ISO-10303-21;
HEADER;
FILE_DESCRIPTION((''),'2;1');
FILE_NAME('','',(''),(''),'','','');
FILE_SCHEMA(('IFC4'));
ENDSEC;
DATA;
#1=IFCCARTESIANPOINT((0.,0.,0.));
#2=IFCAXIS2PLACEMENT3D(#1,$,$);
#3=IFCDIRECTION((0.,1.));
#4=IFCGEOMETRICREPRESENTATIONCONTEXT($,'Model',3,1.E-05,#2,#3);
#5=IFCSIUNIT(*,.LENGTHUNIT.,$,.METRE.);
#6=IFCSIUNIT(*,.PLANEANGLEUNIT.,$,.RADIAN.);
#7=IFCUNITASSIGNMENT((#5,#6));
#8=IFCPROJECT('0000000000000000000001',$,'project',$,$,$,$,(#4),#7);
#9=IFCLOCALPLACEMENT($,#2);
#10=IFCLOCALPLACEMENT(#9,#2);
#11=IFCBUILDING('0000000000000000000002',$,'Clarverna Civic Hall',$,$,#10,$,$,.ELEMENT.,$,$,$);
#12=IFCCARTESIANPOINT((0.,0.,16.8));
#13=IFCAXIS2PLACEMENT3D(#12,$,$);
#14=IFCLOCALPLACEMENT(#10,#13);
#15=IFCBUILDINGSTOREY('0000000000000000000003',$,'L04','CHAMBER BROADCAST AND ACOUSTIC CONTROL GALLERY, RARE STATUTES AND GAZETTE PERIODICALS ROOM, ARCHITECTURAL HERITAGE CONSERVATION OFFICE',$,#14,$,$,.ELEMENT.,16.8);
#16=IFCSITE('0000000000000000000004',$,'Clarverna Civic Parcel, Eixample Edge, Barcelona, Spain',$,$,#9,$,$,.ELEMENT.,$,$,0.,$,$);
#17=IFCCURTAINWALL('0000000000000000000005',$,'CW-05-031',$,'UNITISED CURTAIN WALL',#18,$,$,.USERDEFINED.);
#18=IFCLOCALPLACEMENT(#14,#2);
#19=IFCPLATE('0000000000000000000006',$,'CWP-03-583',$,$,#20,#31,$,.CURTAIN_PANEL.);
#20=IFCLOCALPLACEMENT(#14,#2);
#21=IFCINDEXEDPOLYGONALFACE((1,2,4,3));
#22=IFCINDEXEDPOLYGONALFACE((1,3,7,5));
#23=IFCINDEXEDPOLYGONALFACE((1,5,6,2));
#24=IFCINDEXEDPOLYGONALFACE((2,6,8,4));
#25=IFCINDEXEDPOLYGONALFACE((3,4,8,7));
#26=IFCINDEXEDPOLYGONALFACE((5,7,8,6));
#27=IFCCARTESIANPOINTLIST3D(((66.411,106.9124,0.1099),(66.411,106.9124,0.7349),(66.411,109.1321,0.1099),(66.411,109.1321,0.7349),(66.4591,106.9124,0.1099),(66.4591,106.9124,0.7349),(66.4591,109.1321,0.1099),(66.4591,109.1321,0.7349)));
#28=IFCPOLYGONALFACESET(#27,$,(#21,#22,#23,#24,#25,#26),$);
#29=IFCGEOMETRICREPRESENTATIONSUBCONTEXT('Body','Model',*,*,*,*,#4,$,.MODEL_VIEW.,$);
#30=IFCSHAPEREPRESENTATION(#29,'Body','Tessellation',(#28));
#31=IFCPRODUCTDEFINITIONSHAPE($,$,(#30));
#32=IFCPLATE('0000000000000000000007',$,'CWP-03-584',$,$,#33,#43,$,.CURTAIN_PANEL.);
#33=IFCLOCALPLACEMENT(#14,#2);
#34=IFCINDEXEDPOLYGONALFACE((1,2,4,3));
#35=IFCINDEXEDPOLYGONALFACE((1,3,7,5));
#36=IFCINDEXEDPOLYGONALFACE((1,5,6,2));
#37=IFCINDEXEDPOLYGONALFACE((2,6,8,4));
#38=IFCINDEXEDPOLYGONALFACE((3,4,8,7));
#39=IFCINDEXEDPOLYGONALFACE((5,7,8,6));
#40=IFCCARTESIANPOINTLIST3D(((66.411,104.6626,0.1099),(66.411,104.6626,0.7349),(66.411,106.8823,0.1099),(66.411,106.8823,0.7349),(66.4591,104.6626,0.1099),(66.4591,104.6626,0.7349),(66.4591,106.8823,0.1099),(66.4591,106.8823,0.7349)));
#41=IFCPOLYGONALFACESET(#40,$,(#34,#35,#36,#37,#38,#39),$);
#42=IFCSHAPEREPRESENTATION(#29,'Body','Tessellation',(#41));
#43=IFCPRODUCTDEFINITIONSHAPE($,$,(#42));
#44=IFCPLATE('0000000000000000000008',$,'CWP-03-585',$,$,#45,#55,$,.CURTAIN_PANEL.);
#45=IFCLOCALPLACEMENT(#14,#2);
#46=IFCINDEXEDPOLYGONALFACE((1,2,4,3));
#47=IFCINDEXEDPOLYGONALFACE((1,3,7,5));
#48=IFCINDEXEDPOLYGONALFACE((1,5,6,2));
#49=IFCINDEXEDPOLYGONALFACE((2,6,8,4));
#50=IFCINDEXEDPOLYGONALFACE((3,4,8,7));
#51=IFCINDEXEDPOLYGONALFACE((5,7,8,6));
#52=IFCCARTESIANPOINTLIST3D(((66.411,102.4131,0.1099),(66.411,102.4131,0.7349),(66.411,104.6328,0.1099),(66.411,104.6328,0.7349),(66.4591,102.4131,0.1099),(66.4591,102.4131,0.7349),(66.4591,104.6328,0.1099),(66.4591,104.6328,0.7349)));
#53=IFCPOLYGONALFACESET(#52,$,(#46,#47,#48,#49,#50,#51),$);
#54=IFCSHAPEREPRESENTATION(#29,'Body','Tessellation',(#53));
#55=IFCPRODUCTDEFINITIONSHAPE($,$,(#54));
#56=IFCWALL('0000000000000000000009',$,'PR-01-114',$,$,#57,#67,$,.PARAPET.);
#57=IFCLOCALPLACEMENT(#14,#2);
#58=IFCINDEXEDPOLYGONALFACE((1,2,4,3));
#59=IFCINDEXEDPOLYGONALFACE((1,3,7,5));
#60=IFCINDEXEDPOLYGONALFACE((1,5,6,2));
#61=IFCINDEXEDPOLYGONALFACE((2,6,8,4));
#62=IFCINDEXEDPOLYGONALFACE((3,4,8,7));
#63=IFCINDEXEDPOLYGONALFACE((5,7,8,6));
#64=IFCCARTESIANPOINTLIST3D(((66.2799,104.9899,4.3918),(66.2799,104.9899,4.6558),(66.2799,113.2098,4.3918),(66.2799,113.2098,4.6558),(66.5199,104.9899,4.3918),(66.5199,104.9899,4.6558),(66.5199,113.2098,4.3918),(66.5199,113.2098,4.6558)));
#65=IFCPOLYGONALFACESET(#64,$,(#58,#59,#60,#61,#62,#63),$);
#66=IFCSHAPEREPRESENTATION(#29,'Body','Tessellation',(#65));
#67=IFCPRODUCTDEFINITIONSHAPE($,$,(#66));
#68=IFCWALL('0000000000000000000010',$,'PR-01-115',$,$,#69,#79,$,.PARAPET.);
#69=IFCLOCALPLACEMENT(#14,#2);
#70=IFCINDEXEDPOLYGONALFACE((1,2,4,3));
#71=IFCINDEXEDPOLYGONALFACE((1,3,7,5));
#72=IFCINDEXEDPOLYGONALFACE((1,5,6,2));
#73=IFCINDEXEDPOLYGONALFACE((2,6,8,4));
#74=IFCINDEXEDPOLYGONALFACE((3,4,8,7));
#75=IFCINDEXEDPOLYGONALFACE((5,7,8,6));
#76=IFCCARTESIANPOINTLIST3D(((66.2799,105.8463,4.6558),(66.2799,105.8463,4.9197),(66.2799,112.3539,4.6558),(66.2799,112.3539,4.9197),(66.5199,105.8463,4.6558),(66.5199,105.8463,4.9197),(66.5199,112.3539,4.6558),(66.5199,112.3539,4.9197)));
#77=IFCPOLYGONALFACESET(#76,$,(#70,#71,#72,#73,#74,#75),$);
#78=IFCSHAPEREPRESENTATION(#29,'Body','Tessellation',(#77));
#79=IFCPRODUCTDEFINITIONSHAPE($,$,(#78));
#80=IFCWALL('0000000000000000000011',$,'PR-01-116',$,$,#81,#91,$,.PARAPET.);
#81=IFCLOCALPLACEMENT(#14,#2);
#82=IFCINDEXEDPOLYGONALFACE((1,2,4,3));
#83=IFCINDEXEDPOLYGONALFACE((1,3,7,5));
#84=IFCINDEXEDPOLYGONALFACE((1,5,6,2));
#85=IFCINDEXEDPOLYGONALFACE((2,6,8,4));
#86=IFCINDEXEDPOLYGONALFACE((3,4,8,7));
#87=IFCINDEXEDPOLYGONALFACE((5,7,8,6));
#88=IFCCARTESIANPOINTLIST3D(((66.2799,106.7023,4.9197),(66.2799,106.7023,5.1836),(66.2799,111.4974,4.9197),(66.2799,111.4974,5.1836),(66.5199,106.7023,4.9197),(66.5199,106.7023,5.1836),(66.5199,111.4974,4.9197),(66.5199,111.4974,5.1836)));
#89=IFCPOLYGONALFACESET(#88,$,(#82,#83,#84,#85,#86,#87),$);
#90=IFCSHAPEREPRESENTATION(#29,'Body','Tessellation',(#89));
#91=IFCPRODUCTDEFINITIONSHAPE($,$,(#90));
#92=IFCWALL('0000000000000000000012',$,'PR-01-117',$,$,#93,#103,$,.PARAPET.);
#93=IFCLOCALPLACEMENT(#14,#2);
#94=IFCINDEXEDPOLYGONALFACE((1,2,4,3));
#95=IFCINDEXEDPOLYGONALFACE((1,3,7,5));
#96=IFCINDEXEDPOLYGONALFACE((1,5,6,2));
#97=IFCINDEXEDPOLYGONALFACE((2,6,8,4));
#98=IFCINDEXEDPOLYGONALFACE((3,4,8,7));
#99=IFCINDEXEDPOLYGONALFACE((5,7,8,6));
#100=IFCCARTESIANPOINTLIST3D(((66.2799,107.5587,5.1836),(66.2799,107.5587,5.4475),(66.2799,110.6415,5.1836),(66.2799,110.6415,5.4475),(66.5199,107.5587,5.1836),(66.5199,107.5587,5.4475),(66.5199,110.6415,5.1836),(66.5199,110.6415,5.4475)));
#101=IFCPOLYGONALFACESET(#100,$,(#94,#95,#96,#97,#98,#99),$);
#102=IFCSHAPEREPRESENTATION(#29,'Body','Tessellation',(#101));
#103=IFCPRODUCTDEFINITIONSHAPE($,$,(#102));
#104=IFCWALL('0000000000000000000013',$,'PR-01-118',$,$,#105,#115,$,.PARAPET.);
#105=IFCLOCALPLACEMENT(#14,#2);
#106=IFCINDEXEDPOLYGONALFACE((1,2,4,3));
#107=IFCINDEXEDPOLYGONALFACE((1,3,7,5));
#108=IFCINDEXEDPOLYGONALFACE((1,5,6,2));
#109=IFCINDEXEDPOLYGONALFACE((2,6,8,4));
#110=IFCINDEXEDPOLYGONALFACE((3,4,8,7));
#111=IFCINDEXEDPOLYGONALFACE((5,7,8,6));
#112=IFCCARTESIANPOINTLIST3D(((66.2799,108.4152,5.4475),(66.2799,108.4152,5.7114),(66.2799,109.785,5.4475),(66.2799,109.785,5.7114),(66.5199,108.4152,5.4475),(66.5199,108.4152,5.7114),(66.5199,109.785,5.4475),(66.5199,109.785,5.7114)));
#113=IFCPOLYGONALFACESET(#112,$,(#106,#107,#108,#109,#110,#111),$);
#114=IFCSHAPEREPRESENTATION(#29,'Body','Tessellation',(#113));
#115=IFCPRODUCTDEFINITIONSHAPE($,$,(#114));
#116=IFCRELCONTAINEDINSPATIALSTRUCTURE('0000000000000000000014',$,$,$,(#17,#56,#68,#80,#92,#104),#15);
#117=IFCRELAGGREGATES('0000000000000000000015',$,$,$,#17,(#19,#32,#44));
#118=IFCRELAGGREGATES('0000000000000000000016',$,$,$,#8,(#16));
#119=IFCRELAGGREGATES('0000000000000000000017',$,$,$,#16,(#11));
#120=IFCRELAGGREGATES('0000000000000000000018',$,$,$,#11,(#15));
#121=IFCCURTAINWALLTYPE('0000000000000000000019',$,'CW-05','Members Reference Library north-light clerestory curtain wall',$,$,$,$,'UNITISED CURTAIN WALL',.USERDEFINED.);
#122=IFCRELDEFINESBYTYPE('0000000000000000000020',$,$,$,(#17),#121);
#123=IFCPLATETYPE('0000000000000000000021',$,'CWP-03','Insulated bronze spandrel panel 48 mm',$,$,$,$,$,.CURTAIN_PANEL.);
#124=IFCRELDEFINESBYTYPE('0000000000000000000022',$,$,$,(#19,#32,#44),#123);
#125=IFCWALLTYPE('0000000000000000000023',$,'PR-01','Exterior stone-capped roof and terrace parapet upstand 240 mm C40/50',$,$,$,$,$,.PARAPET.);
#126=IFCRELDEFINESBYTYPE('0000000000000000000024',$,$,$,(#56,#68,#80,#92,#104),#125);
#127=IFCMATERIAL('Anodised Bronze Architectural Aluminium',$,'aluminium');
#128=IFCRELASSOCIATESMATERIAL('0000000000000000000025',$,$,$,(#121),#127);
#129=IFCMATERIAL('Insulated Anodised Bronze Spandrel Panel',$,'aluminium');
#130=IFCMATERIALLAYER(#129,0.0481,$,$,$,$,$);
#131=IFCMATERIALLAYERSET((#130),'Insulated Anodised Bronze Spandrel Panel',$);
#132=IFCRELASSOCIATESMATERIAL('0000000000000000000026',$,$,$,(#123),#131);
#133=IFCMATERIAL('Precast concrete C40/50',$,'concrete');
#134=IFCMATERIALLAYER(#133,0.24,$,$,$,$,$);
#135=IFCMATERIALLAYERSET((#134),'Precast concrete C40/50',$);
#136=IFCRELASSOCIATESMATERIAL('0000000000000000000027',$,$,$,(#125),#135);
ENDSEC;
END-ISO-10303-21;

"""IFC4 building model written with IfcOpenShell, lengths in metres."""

from ifc_helpers import new_model, si_unit, direction, frame, frame_2d, origin, place, context, subcontext, project, spatial, rectangle, extrude, material, layer, layer_set, type_object, element, aggregate, save


model = new_model("IFC4")

# Units and contexts
model_context = context("Model", 3, precision=1e-05, world=origin(), true_north=direction((0.0, 1.0)))
body_context = subcontext(model_context, "Body", "Model", "MODEL_VIEW")
ifc_project = project(units=[si_unit("LENGTHUNIT", "METRE"), si_unit("PLANEANGLEUNIT", "RADIAN")], contexts=[model_context])

# Site, building, storey
site_placement = place(None, origin())
site = spatial("IfcSite", under=ifc_project, at=site_placement, Name="Clarverna Civic Parcel, Eixample Edge, Barcelona, Spain", CompositionType="ELEMENT", RefElevation=0.0)
building_placement = place(site_placement, origin())
building = spatial("IfcBuilding", under=site, at=building_placement, Name="Clarverna Civic Hall", CompositionType="ELEMENT")
storey_placement = place(building_placement, frame((0.0, 0.0, 16.8)))
storey = spatial("IfcBuildingStorey", under=building, at=storey_placement, Name="L04", Description="CHAMBER BROADCAST AND ACOUSTIC CONTROL GALLERY, RARE STATUTES AND GAZETTE PERIODICALS ROOM, ARCHITECTURAL HERITAGE CONSERVATION OFFICE", CompositionType="ELEMENT", Elevation=16.8)

# Curtain wall, plates
ifc_material_1 = material(Name="Anodised Bronze Architectural Aluminium", Category="aluminium")
curtain_wall_type = type_object("IfcCurtainWallType", Name="CW-05", Description="Members Reference Library north-light clerestory curtain wall", ElementType="UNITISED CURTAIN WALL", PredefinedType="USERDEFINED", material=ifc_material_1)
curtain_wall_placement = place(storey_placement, origin())
curtain_wall = element("IfcCurtainWall", 1, at=curtain_wall_placement, inside=storey, type_object=curtain_wall_type, Name="CW-05-031", ObjectType="UNITISED CURTAIN WALL", PredefinedType="USERDEFINED")
ifc_material_2 = material(Name="Insulated Anodised Bronze Spandrel Panel", Category="aluminium")
ifc_layer_1 = layer(ifc_material_2, 0.0481)
ifc_layer_set_1 = layer_set([ifc_layer_1], Name="Insulated Anodised Bronze Spandrel Panel")
plate_type_1 = type_object("IfcPlateType", Name="CWP-03", Description="Insulated bronze spandrel panel 48 mm", PredefinedType="CURTAIN_PANEL", material=ifc_layer_set_1)
plate_1_placement = place(storey_placement, frame((66.4351, 109.1321, 0.1099), z_axis=(0.0, 0.0, 1.0), x_axis=(0.0, -1.0, 0.0)))
plate_1 = element("IfcPlate", 2, at=plate_1_placement, type_object=plate_type_1, Name="CWP-03-583", PredefinedType="CURTAIN_PANEL", context=body_context, shape_type="SweptSolid", body=[
    extrude(rectangle(XDim=2.2197, YDim=0.0481, at=frame_2d((1.1099, 0.0))), origin(), (0.0, 0.0, 1.0), 0.625),
])
plate_2_placement = place(storey_placement, frame((66.4351, 106.8823, 0.1099), z_axis=(0.0, 0.0, 1.0), x_axis=(0.0, -1.0, 0.0)))
plate_2 = element("IfcPlate", 3, at=plate_2_placement, type_object=plate_type_1, Name="CWP-03-584", PredefinedType="CURTAIN_PANEL", context=body_context, shape_type="SweptSolid", body=[
    extrude(rectangle(XDim=2.2197, YDim=0.0481, at=frame_2d((1.1099, 0.0))), origin(), (0.0, 0.0, 1.0), 0.625),
])
plate_3_placement = place(storey_placement, frame((66.4351, 104.6328, 0.1099), z_axis=(0.0, 0.0, 1.0), x_axis=(0.0, -1.0, 0.0)))
plate_3 = element("IfcPlate", 4, at=plate_3_placement, type_object=plate_type_1, Name="CWP-03-585", PredefinedType="CURTAIN_PANEL", context=body_context, shape_type="SweptSolid", body=[
    extrude(rectangle(XDim=2.2197, YDim=0.0481, at=frame_2d((1.1099, 0.0))), origin(), (0.0, 0.0, 1.0), 0.625),
])
aggregate(curtain_wall, [plate_1, plate_2, plate_3])

# Walls
ifc_material_3 = material(Name="Precast concrete C40/50", Category="concrete")
ifc_layer_2 = layer(ifc_material_3, 0.24)
ifc_layer_set_2 = layer_set([ifc_layer_2], Name="Precast concrete C40/50")
wall_type = type_object("IfcWallType", Name="PR-01", Description="Exterior stone-capped roof and terrace parapet upstand 240 mm C40/50", PredefinedType="PARAPET", material=ifc_layer_set_2)
wall_1_placement = place(storey_placement, frame((66.3999, 104.99, 4.3918), z_axis=(0.0, 0.0, 1.0), x_axis=(0.0, 1.0, 0.0)))
element("IfcWall", 5, at=wall_1_placement, inside=storey, type_object=wall_type, Name="PR-01-114", PredefinedType="PARAPET", context=body_context, shape_type="SweptSolid", body=[
    extrude(rectangle(XDim=8.22, YDim=0.24, at=frame_2d((4.1099, 0.0))), origin(), (0.0, 0.0, 1.0), 0.2639),
])
wall_2_placement = place(storey_placement, frame((66.3999, 105.8462, 4.6558), z_axis=(0.0, 0.0, 1.0), x_axis=(0.0, 1.0, 0.0)))
element("IfcWall", 6, at=wall_2_placement, inside=storey, type_object=wall_type, Name="PR-01-115", PredefinedType="PARAPET", context=body_context, shape_type="SweptSolid", body=[
    extrude(rectangle(XDim=6.5076, YDim=0.24, at=frame_2d((3.2539, 0.0))), origin(), (0.0, 0.0, 1.0), 0.2639),
])
wall_3_placement = place(storey_placement, frame((66.3999, 106.7024, 4.9197), z_axis=(0.0, 0.0, 1.0), x_axis=(0.0, 1.0, 0.0)))
element("IfcWall", 7, at=wall_3_placement, inside=storey, type_object=wall_type, Name="PR-01-116", PredefinedType="PARAPET", context=body_context, shape_type="SweptSolid", body=[
    extrude(rectangle(XDim=4.7952, YDim=0.24, at=frame_2d((2.3975, 0.0))), origin(), (0.0, 0.0, 1.0), 0.2639),
])
wall_4_placement = place(storey_placement, frame((66.3999, 107.5586, 5.1836), z_axis=(0.0, 0.0, 1.0), x_axis=(0.0, 1.0, 0.0)))
element("IfcWall", 8, at=wall_4_placement, inside=storey, type_object=wall_type, Name="PR-01-117", PredefinedType="PARAPET", context=body_context, shape_type="SweptSolid", body=[
    extrude(rectangle(XDim=3.0828, YDim=0.24, at=frame_2d((1.5415, 0.0))), origin(), (0.0, 0.0, 1.0), 0.2639),
])
wall_5_placement = place(storey_placement, frame((66.3999, 108.415, 5.4475), z_axis=(0.0, 0.0, 1.0), x_axis=(0.0, 1.0, 0.0)))
element("IfcWall", 9, at=wall_5_placement, inside=storey, type_object=wall_type, Name="PR-01-118", PredefinedType="PARAPET", context=body_context, shape_type="SweptSolid", body=[
    extrude(rectangle(XDim=1.3699, YDim=0.24, at=frame_2d((0.6851, 0.0))), origin(), (0.0, 0.0, 1.0), 0.2639),
])

save(model, "model.ifc")
